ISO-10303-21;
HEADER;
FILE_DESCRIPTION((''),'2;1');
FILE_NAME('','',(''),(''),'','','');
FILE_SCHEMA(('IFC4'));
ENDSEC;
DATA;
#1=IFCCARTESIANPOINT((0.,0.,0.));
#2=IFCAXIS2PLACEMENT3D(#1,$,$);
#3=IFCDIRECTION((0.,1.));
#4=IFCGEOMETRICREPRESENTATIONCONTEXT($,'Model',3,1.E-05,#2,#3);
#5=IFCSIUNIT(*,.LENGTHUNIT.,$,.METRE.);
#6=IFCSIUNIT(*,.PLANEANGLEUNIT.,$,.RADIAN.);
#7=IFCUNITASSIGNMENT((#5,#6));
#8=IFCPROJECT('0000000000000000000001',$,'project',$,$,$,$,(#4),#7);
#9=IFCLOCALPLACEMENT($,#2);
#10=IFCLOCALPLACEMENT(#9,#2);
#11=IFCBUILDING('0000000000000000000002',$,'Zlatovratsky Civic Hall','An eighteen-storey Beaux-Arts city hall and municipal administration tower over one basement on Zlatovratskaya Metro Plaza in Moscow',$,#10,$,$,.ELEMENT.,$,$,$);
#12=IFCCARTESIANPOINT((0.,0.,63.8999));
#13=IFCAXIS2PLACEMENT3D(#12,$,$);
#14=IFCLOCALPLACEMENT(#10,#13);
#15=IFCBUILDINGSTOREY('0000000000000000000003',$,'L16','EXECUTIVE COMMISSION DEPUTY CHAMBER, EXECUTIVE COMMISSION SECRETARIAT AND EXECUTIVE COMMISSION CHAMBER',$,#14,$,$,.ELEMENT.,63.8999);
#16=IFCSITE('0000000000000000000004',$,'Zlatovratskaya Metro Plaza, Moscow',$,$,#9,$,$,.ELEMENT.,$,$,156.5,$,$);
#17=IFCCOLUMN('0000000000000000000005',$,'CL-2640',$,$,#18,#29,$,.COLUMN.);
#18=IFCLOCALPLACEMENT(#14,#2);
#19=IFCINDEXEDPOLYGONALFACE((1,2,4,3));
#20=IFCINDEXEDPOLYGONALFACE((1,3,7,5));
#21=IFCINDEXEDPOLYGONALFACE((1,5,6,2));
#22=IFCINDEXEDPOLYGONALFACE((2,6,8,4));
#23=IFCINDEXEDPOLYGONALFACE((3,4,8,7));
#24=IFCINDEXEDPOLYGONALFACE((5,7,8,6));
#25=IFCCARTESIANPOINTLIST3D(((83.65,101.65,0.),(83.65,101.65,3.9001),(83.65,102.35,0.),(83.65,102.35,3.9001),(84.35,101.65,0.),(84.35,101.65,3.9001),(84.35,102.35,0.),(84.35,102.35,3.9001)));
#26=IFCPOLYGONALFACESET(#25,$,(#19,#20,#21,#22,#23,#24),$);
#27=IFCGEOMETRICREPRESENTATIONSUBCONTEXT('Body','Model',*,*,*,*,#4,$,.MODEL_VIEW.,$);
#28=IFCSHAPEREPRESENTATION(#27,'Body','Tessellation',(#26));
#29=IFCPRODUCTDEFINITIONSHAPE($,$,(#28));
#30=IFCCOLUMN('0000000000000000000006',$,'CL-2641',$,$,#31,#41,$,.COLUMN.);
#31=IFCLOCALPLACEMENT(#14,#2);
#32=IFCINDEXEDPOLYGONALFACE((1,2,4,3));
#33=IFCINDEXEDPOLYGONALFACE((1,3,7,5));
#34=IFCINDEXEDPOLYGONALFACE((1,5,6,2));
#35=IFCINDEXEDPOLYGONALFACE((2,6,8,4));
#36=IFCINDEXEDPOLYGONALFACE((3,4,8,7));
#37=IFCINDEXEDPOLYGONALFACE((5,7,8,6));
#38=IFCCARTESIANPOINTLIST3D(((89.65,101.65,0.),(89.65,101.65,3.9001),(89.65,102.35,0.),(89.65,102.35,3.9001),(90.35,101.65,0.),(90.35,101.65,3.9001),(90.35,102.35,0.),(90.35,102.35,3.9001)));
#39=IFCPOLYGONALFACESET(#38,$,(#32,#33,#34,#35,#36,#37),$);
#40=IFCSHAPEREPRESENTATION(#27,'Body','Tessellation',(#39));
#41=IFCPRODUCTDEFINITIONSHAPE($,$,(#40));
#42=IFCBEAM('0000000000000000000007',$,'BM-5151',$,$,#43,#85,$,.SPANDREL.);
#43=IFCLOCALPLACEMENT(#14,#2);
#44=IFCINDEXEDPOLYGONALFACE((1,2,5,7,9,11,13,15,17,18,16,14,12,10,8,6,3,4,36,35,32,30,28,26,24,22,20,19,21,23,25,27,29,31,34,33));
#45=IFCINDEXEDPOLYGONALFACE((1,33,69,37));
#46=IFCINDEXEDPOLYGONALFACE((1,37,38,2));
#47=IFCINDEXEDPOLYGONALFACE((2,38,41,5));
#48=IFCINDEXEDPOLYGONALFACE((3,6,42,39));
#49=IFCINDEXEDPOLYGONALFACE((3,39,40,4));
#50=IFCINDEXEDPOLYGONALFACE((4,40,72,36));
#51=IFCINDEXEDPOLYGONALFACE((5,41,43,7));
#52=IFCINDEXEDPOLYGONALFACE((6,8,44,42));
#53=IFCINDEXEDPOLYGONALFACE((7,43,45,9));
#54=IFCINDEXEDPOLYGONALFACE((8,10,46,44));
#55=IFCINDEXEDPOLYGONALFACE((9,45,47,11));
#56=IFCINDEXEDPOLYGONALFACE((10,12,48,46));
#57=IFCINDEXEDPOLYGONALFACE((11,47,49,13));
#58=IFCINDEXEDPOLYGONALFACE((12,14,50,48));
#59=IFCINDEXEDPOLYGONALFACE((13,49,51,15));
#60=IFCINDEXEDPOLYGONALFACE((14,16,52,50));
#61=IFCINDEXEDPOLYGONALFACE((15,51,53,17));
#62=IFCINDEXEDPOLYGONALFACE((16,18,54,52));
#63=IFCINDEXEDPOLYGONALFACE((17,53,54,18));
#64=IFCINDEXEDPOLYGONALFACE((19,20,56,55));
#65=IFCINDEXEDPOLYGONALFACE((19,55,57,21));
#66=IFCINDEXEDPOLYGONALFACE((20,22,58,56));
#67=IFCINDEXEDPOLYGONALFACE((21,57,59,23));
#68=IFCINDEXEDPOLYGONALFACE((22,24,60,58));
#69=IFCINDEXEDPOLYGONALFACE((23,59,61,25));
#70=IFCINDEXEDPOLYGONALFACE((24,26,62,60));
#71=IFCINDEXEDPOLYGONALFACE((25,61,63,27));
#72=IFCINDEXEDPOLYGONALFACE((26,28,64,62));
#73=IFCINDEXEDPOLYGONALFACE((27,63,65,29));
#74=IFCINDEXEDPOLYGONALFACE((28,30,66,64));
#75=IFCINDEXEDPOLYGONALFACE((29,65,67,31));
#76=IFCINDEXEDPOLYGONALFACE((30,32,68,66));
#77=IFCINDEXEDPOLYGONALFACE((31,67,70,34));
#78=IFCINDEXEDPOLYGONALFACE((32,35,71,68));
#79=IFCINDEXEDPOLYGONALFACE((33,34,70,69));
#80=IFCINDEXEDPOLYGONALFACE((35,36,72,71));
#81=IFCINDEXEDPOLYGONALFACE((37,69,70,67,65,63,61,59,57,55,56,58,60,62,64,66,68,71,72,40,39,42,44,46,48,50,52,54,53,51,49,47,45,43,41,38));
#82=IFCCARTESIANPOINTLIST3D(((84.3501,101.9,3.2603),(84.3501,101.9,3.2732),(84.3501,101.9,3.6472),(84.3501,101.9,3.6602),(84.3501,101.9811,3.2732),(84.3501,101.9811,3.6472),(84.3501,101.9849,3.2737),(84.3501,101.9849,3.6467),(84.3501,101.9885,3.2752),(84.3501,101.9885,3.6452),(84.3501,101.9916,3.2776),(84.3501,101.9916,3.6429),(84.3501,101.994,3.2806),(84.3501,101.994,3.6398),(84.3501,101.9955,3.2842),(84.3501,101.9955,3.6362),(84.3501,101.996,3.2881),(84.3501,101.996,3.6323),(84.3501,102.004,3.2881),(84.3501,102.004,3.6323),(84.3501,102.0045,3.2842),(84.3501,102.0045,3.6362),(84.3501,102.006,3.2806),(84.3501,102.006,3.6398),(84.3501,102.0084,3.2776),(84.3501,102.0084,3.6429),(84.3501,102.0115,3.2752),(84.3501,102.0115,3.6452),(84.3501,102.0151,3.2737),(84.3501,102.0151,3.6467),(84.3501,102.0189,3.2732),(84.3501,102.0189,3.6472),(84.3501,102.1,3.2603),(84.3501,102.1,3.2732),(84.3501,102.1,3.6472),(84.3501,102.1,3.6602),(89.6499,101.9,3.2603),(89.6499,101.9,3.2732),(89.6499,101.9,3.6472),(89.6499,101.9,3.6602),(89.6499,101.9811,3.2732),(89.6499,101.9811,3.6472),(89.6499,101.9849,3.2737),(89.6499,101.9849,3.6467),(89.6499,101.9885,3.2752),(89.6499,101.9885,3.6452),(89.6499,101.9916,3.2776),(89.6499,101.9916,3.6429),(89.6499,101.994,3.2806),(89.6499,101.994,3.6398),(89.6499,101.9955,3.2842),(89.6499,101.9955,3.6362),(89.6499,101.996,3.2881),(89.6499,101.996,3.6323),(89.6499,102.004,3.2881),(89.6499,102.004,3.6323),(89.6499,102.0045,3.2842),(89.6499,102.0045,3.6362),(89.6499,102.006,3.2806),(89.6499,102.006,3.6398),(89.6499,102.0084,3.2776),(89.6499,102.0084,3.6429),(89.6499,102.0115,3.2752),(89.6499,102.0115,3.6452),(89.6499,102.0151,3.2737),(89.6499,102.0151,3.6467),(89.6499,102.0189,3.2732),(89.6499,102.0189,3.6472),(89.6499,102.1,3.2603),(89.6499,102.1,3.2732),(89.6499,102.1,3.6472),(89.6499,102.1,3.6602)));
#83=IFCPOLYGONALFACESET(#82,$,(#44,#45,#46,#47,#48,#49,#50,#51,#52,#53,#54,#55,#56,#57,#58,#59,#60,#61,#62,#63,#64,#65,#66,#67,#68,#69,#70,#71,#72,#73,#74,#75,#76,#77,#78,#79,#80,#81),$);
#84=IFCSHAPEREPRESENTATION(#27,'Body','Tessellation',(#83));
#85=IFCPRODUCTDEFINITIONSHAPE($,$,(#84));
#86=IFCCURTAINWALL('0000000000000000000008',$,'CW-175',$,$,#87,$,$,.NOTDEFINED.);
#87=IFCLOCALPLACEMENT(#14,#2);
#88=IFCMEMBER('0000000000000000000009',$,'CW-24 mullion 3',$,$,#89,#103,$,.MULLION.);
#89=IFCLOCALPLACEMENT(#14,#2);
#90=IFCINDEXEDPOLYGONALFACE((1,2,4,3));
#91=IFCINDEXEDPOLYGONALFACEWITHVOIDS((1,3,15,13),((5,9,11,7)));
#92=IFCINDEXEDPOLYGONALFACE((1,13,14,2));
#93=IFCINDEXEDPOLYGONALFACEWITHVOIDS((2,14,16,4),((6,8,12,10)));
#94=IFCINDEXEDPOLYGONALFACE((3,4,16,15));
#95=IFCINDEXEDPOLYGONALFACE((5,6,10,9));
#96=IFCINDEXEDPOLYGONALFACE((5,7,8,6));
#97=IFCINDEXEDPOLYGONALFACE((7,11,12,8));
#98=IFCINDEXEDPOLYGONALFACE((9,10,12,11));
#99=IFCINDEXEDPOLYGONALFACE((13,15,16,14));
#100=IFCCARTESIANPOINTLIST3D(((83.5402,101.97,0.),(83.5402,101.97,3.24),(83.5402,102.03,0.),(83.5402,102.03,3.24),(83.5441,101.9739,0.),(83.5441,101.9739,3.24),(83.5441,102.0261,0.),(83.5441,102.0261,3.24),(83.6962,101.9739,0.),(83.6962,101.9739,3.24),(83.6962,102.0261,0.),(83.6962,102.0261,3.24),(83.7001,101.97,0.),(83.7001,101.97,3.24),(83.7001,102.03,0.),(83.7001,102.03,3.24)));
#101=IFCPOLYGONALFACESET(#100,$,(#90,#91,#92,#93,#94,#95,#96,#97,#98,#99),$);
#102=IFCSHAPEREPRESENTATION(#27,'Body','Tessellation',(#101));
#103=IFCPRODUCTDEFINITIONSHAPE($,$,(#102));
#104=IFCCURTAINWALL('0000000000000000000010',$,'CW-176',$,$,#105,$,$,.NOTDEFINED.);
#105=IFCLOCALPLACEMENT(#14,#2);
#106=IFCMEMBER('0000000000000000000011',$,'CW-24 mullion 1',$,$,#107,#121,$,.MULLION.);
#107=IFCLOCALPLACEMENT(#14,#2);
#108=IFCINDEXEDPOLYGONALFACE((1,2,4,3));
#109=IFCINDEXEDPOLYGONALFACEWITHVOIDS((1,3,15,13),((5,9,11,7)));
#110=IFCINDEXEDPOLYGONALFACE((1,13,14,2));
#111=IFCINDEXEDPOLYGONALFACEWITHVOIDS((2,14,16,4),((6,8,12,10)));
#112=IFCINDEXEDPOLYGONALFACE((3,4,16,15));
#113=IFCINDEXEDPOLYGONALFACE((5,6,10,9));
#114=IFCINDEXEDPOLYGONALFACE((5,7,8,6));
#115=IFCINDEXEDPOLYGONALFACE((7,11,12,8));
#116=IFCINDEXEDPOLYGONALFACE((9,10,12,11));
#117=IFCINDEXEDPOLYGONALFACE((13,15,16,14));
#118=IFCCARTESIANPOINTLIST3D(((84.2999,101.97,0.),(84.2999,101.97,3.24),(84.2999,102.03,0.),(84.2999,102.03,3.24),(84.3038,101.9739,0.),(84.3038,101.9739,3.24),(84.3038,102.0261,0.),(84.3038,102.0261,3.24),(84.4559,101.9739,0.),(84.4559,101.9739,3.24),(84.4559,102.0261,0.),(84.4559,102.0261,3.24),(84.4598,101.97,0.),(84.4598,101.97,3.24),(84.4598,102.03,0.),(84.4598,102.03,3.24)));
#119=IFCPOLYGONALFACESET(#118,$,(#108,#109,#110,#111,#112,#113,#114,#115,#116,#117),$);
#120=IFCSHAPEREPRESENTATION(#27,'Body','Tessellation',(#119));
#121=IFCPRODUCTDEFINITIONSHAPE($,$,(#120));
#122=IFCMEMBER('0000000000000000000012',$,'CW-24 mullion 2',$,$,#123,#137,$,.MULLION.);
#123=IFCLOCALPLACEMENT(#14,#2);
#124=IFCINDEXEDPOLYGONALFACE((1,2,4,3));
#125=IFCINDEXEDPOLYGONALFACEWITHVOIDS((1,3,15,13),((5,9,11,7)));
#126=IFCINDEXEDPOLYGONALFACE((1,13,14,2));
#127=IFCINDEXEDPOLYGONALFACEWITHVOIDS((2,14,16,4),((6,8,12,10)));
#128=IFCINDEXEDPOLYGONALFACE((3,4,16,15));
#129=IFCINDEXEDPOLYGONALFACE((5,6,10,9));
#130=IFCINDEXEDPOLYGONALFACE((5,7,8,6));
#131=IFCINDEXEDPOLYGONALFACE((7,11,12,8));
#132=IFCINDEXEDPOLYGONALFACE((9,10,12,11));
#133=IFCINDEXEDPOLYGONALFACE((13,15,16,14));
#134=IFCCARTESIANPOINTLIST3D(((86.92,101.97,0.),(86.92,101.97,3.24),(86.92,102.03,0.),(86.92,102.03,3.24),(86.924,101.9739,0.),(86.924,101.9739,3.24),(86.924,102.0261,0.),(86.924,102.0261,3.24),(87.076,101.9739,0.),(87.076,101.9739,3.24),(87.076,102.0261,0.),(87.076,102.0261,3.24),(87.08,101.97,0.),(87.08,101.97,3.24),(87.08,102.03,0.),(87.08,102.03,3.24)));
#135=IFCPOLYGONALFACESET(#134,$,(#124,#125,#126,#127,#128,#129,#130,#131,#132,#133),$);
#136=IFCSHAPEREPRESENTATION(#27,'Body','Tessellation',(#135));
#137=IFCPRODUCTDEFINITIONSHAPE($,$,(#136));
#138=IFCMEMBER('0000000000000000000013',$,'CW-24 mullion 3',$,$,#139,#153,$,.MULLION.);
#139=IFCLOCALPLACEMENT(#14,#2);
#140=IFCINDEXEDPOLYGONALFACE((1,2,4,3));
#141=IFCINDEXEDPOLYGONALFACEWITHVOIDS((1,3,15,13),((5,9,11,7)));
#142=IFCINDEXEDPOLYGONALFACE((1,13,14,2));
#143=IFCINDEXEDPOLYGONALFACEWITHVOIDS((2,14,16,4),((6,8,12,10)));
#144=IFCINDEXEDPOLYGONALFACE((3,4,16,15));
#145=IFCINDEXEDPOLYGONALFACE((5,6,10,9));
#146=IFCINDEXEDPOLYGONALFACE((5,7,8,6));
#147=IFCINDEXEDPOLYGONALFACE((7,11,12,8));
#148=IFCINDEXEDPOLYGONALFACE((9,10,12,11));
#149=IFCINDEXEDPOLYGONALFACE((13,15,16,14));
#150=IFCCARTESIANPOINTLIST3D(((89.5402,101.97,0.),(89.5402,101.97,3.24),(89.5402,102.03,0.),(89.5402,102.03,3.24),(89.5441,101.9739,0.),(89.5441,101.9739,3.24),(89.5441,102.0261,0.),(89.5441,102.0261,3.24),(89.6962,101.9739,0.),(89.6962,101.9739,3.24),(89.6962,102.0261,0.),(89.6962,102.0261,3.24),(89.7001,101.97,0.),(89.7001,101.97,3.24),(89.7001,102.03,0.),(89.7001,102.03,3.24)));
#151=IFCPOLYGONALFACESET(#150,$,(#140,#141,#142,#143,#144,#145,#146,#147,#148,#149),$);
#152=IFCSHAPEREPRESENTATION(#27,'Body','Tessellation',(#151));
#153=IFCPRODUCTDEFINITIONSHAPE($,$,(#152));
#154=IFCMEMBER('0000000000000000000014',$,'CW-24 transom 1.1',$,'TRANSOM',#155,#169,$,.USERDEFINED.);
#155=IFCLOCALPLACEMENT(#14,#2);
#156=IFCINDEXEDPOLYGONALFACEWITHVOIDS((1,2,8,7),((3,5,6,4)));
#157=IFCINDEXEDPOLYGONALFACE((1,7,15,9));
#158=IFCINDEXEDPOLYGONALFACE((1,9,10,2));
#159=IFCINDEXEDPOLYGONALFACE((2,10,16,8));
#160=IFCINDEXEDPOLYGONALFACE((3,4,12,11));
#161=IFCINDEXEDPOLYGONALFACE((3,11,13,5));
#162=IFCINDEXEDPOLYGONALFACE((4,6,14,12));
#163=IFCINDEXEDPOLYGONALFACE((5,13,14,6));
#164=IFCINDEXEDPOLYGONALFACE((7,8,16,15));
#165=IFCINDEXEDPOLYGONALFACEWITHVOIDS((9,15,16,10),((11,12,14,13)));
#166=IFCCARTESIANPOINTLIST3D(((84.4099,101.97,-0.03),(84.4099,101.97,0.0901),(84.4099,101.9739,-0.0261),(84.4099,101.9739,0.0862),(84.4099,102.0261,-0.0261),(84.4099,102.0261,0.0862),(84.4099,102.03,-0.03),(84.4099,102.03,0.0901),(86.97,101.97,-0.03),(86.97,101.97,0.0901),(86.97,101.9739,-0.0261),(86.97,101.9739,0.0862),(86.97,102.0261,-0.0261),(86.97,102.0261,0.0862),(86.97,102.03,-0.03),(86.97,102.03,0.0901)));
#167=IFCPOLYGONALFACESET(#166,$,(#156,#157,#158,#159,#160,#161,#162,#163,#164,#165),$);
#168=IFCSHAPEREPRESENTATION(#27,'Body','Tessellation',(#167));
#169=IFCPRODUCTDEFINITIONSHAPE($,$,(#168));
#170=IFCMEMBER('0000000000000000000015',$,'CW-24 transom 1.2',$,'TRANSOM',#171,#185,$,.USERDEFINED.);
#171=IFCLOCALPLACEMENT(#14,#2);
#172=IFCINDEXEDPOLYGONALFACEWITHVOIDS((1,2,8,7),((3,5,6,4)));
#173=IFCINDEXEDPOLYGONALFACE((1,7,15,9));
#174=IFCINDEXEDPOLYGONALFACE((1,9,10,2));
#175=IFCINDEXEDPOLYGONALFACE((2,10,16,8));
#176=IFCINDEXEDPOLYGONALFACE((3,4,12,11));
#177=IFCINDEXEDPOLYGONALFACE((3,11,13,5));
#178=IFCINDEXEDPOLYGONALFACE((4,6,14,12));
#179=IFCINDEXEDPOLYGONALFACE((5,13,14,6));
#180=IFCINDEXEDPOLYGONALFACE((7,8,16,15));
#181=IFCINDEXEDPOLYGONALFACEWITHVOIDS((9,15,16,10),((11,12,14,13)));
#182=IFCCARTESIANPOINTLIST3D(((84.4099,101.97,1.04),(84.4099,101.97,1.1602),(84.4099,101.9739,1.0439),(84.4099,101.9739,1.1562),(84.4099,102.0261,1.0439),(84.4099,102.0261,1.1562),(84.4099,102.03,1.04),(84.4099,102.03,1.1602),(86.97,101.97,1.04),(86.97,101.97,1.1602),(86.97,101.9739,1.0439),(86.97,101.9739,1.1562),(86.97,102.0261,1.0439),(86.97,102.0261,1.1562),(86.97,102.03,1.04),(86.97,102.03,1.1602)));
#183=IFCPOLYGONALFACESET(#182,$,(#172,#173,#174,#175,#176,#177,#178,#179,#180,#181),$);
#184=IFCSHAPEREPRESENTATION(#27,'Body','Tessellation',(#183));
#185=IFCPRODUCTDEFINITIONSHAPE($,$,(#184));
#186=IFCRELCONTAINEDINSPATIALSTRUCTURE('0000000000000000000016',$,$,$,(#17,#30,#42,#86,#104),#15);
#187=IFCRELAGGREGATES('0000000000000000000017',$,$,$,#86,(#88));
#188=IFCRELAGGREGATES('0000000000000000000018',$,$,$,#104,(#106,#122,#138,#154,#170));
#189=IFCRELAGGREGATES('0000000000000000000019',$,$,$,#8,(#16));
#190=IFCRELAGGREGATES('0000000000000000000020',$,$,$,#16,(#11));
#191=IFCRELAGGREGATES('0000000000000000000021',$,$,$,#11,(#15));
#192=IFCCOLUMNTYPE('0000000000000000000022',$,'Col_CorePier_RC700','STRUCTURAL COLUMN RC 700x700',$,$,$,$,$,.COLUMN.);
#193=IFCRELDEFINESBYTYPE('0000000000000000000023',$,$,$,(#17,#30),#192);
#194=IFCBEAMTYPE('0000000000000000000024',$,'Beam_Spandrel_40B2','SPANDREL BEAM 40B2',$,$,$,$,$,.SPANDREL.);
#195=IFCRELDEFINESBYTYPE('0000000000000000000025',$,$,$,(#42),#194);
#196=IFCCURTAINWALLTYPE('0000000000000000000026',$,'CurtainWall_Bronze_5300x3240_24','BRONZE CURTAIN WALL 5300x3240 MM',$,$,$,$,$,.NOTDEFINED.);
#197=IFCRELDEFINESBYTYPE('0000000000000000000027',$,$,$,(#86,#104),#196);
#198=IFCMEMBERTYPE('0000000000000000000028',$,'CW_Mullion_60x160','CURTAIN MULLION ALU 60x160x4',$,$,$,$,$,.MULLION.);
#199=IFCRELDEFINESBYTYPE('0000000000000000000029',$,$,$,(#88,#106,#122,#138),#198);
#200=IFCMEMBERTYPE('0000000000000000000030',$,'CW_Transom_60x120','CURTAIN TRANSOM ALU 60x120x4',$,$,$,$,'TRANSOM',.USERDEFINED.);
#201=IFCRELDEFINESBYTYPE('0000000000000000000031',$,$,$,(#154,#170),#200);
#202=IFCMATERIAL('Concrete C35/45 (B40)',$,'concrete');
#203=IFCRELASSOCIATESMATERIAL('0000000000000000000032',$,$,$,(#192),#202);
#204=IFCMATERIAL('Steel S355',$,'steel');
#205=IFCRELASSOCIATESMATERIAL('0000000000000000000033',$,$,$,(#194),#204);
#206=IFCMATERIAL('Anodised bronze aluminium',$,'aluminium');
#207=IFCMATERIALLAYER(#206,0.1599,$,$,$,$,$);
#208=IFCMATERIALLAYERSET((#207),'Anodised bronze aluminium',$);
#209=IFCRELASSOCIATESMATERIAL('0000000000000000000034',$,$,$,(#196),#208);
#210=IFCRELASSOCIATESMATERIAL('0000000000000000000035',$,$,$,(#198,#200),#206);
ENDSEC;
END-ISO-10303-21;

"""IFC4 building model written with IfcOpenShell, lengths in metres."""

from ifc_helpers import new_model, si_unit, direction, frame, origin, origin_2d, place, context, subcontext, project, spatial, rectangle, hollow_rectangle, i_section, extrude, material, layer, layer_set, material_profile, profile_set, type_object, element, aggregate, save


model = new_model("IFC4")

# Units and contexts
model_context = context("Model", 3, precision=1e-05, world=origin(), true_north=direction((0.0, 1.0)))
body_context = subcontext(model_context, "Body", "Model", "MODEL_VIEW")
ifc_project = project(units=[si_unit("LENGTHUNIT", "METRE"), si_unit("PLANEANGLEUNIT", "RADIAN")], contexts=[model_context])

# Site, building, storey
site_placement = place(None, origin())
site = spatial("IfcSite", under=ifc_project, at=site_placement, Name="Zlatovratskaya Metro Plaza, Moscow", CompositionType="ELEMENT", RefElevation=156.5)
building_placement = place(site_placement, origin())
building = spatial("IfcBuilding", under=site, at=building_placement, Name="Zlatovratsky Civic Hall", Description="An eighteen-storey Beaux-Arts city hall and municipal administration tower over one basement on Zlatovratskaya Metro Plaza in Moscow", CompositionType="ELEMENT")
storey_placement = place(building_placement, frame((0.0, 0.0, 63.8999)))
storey = spatial("IfcBuildingStorey", under=building, at=storey_placement, Name="L16", Description="EXECUTIVE COMMISSION DEPUTY CHAMBER, EXECUTIVE COMMISSION SECRETARIAT AND EXECUTIVE COMMISSION CHAMBER", CompositionType="ELEMENT", Elevation=63.8999)

# Columns
ifc_material_1 = material(Name="Concrete C35/45 (B40)", Category="concrete")
ifc_material_profile_1 = material_profile(ifc_material_1, rectangle(XDim=0.7, YDim=0.7, at=origin_2d()), Name="RC 700x700")
ifc_profile_set_1 = profile_set([ifc_material_profile_1], Name="Concrete C35/45 (B40)")
column_type = type_object("IfcColumnType", Name="Col_CorePier_RC700", Description="STRUCTURAL COLUMN RC 700x700", PredefinedType="COLUMN", material=ifc_profile_set_1)
for number, where, z_axis, x_axis, name in (
    (1, (84.0, 102.0, 0.0), (0.0, 0.0, 1.0), (1.0, 0.0, 0.0), "CL-2640"),
    (2, (90.0, 102.0, 0.0), (0.0, 0.0, 1.0), (1.0, 0.0, 0.0), "CL-2641"),
):
    element("IfcColumn", number, at=place(storey_placement, frame(where, z_axis=z_axis, x_axis=x_axis)), inside=storey, type_object=column_type, Name=name, PredefinedType="COLUMN", context=body_context, shape_type="SweptSolid", body=[
        extrude(rectangle(XDim=0.7, YDim=0.7, at=origin_2d()), origin(), (0.0, 0.0, 1.0), 3.9001),
    ])

# Beam
ifc_material_2 = material(Name="Steel S355", Category="steel")
ifc_material_profile_2 = material_profile(ifc_material_2, i_section(OverallWidth=0.2, OverallDepth=0.3999, WebThickness=0.0081, FlangeThickness=0.0129, FilletRadius=0.0149, at=origin_2d()), Name="40B2")
ifc_profile_set_2 = profile_set([ifc_material_profile_2], Name="Steel S355")
beam_type = type_object("IfcBeamType", Name="Beam_Spandrel_40B2", Description="SPANDREL BEAM 40B2", PredefinedType="SPANDREL", material=ifc_profile_set_2)
beam_placement = place(storey_placement, frame((84.3501, 102.0, 3.4602), z_axis=(1.0, 0.0, 0.0), x_axis=(0.0, 1.0, 0.0)))
element("IfcBeam", 3, at=beam_placement, inside=storey, type_object=beam_type, Name="BM-5151", PredefinedType="SPANDREL", context=body_context, shape_type="SweptSolid", body=[
    extrude(i_section(OverallWidth=0.2, OverallDepth=0.3999, WebThickness=0.0081, FlangeThickness=0.0129, FilletRadius=0.0149, at=origin_2d()), origin(), (0.0, 0.0, 1.0), 5.2998),
])

# Curtain wall, member
ifc_material_3 = material(Name="Anodised bronze aluminium", Category="aluminium")
ifc_layer_1 = layer(ifc_material_3, 0.1599)
ifc_layer_set_1 = layer_set([ifc_layer_1], Name="Anodised bronze aluminium")
curtain_wall_type = type_object("IfcCurtainWallType", Name="CurtainWall_Bronze_5300x3240_24", Description="BRONZE CURTAIN WALL 5300x3240 MM", PredefinedType="NOTDEFINED", material=ifc_layer_set_1)
curtain_wall_1_placement = place(storey_placement, origin())
curtain_wall_1 = element("IfcCurtainWall", 4, at=curtain_wall_1_placement, inside=storey, type_object=curtain_wall_type, Name="CW-175", PredefinedType="NOTDEFINED")
ifc_material_profile_3 = material_profile(ifc_material_3, hollow_rectangle(XDim=0.0601, YDim=0.1599, WallThickness=0.0039, at=origin_2d()), Name="ALU 60x160x4")
ifc_profile_set_3 = profile_set([ifc_material_profile_3], Name="Anodised bronze aluminium")
member_type_1 = type_object("IfcMemberType", Name="CW_Mullion_60x160", Description="CURTAIN MULLION ALU 60x160x4", PredefinedType="MULLION", material=ifc_profile_set_3)
member_1_placement = place(storey_placement, frame((83.6201, 102.0, 0.0), z_axis=(0.0, 0.0, 1.0), x_axis=(0.0, 1.0, 0.0)))
member_1 = element("IfcMember", 5, at=member_1_placement, type_object=member_type_1, Name="CW-24 mullion 3", PredefinedType="MULLION", context=body_context, shape_type="SweptSolid", body=[
    extrude(hollow_rectangle(XDim=0.0601, YDim=0.1599, WallThickness=0.0039, at=origin_2d()), origin(), (0.0, 0.0, 1.0), 3.24),
])

# Curtain wall, members
curtain_wall_2_placement = place(storey_placement, origin())
curtain_wall_2 = element("IfcCurtainWall", 6, at=curtain_wall_2_placement, inside=storey, type_object=curtain_wall_type, Name="CW-176", PredefinedType="NOTDEFINED")
member_2_placement = place(storey_placement, frame((84.3799, 102.0, 0.0), z_axis=(0.0, 0.0, 1.0), x_axis=(0.0, 1.0, 0.0)))
member_2 = element("IfcMember", 7, at=member_2_placement, type_object=member_type_1, Name="CW-24 mullion 1", PredefinedType="MULLION", context=body_context, shape_type="SweptSolid", body=[
    extrude(hollow_rectangle(XDim=0.0601, YDim=0.1599, WallThickness=0.0039, at=origin_2d()), origin(), (0.0, 0.0, 1.0), 3.24),
])
member_3_placement = place(storey_placement, frame((87.0, 102.0, 0.0), z_axis=(0.0, 0.0, 1.0), x_axis=(0.0, 1.0, 0.0)))
member_3 = element("IfcMember", 8, at=member_3_placement, type_object=member_type_1, Name="CW-24 mullion 2", PredefinedType="MULLION", context=body_context, shape_type="SweptSolid", body=[
    extrude(hollow_rectangle(XDim=0.0601, YDim=0.1599, WallThickness=0.0039, at=origin_2d()), origin(), (0.0, 0.0, 1.0), 3.24),
])
member_4_placement = place(storey_placement, frame((89.6201, 102.0, 0.0), z_axis=(0.0, 0.0, 1.0), x_axis=(0.0, 1.0, 0.0)))
member_4 = element("IfcMember", 9, at=member_4_placement, type_object=member_type_1, Name="CW-24 mullion 3", PredefinedType="MULLION", context=body_context, shape_type="SweptSolid", body=[
    extrude(hollow_rectangle(XDim=0.0601, YDim=0.1599, WallThickness=0.0039, at=origin_2d()), origin(), (0.0, 0.0, 1.0), 3.24),
])
ifc_material_profile_4 = material_profile(ifc_material_3, hollow_rectangle(XDim=0.0601, YDim=0.1201, WallThickness=0.0039, at=origin_2d()), Name="ALU 60x120x4")
ifc_profile_set_4 = profile_set([ifc_material_profile_4], Name="Anodised bronze aluminium")
member_type_2 = type_object("IfcMemberType", Name="CW_Transom_60x120", Description="CURTAIN TRANSOM ALU 60x120x4", ElementType="TRANSOM", PredefinedType="USERDEFINED", material=ifc_profile_set_4)
member_5_placement = place(storey_placement, frame((84.4099, 102.0, 0.03), z_axis=(1.0, 0.0, 0.0), x_axis=(0.0, 1.0, 0.0)))
member_5 = element("IfcMember", 10, at=member_5_placement, type_object=member_type_2, Name="CW-24 transom 1.1", ObjectType="TRANSOM", PredefinedType="USERDEFINED", context=body_context, shape_type="SweptSolid", body=[
    extrude(hollow_rectangle(XDim=0.0601, YDim=0.1201, WallThickness=0.0039, at=origin_2d()), origin(), (0.0, 0.0, 1.0), 2.5601),
])
member_6_placement = place(storey_placement, frame((84.4099, 102.0, 1.1001), z_axis=(1.0, 0.0, 0.0), x_axis=(0.0, 1.0, 0.0)))
member_6 = element("IfcMember", 11, at=member_6_placement, type_object=member_type_2, Name="CW-24 transom 1.2", ObjectType="TRANSOM", PredefinedType="USERDEFINED", context=body_context, shape_type="SweptSolid", body=[
    extrude(hollow_rectangle(XDim=0.0601, YDim=0.1201, WallThickness=0.0039, at=origin_2d()), origin(), (0.0, 0.0, 1.0), 2.5601),
])

aggregate(curtain_wall_1, [member_1])
aggregate(curtain_wall_2, [member_2, member_3, member_4, member_5, member_6])

save(model, "model.ifc")
